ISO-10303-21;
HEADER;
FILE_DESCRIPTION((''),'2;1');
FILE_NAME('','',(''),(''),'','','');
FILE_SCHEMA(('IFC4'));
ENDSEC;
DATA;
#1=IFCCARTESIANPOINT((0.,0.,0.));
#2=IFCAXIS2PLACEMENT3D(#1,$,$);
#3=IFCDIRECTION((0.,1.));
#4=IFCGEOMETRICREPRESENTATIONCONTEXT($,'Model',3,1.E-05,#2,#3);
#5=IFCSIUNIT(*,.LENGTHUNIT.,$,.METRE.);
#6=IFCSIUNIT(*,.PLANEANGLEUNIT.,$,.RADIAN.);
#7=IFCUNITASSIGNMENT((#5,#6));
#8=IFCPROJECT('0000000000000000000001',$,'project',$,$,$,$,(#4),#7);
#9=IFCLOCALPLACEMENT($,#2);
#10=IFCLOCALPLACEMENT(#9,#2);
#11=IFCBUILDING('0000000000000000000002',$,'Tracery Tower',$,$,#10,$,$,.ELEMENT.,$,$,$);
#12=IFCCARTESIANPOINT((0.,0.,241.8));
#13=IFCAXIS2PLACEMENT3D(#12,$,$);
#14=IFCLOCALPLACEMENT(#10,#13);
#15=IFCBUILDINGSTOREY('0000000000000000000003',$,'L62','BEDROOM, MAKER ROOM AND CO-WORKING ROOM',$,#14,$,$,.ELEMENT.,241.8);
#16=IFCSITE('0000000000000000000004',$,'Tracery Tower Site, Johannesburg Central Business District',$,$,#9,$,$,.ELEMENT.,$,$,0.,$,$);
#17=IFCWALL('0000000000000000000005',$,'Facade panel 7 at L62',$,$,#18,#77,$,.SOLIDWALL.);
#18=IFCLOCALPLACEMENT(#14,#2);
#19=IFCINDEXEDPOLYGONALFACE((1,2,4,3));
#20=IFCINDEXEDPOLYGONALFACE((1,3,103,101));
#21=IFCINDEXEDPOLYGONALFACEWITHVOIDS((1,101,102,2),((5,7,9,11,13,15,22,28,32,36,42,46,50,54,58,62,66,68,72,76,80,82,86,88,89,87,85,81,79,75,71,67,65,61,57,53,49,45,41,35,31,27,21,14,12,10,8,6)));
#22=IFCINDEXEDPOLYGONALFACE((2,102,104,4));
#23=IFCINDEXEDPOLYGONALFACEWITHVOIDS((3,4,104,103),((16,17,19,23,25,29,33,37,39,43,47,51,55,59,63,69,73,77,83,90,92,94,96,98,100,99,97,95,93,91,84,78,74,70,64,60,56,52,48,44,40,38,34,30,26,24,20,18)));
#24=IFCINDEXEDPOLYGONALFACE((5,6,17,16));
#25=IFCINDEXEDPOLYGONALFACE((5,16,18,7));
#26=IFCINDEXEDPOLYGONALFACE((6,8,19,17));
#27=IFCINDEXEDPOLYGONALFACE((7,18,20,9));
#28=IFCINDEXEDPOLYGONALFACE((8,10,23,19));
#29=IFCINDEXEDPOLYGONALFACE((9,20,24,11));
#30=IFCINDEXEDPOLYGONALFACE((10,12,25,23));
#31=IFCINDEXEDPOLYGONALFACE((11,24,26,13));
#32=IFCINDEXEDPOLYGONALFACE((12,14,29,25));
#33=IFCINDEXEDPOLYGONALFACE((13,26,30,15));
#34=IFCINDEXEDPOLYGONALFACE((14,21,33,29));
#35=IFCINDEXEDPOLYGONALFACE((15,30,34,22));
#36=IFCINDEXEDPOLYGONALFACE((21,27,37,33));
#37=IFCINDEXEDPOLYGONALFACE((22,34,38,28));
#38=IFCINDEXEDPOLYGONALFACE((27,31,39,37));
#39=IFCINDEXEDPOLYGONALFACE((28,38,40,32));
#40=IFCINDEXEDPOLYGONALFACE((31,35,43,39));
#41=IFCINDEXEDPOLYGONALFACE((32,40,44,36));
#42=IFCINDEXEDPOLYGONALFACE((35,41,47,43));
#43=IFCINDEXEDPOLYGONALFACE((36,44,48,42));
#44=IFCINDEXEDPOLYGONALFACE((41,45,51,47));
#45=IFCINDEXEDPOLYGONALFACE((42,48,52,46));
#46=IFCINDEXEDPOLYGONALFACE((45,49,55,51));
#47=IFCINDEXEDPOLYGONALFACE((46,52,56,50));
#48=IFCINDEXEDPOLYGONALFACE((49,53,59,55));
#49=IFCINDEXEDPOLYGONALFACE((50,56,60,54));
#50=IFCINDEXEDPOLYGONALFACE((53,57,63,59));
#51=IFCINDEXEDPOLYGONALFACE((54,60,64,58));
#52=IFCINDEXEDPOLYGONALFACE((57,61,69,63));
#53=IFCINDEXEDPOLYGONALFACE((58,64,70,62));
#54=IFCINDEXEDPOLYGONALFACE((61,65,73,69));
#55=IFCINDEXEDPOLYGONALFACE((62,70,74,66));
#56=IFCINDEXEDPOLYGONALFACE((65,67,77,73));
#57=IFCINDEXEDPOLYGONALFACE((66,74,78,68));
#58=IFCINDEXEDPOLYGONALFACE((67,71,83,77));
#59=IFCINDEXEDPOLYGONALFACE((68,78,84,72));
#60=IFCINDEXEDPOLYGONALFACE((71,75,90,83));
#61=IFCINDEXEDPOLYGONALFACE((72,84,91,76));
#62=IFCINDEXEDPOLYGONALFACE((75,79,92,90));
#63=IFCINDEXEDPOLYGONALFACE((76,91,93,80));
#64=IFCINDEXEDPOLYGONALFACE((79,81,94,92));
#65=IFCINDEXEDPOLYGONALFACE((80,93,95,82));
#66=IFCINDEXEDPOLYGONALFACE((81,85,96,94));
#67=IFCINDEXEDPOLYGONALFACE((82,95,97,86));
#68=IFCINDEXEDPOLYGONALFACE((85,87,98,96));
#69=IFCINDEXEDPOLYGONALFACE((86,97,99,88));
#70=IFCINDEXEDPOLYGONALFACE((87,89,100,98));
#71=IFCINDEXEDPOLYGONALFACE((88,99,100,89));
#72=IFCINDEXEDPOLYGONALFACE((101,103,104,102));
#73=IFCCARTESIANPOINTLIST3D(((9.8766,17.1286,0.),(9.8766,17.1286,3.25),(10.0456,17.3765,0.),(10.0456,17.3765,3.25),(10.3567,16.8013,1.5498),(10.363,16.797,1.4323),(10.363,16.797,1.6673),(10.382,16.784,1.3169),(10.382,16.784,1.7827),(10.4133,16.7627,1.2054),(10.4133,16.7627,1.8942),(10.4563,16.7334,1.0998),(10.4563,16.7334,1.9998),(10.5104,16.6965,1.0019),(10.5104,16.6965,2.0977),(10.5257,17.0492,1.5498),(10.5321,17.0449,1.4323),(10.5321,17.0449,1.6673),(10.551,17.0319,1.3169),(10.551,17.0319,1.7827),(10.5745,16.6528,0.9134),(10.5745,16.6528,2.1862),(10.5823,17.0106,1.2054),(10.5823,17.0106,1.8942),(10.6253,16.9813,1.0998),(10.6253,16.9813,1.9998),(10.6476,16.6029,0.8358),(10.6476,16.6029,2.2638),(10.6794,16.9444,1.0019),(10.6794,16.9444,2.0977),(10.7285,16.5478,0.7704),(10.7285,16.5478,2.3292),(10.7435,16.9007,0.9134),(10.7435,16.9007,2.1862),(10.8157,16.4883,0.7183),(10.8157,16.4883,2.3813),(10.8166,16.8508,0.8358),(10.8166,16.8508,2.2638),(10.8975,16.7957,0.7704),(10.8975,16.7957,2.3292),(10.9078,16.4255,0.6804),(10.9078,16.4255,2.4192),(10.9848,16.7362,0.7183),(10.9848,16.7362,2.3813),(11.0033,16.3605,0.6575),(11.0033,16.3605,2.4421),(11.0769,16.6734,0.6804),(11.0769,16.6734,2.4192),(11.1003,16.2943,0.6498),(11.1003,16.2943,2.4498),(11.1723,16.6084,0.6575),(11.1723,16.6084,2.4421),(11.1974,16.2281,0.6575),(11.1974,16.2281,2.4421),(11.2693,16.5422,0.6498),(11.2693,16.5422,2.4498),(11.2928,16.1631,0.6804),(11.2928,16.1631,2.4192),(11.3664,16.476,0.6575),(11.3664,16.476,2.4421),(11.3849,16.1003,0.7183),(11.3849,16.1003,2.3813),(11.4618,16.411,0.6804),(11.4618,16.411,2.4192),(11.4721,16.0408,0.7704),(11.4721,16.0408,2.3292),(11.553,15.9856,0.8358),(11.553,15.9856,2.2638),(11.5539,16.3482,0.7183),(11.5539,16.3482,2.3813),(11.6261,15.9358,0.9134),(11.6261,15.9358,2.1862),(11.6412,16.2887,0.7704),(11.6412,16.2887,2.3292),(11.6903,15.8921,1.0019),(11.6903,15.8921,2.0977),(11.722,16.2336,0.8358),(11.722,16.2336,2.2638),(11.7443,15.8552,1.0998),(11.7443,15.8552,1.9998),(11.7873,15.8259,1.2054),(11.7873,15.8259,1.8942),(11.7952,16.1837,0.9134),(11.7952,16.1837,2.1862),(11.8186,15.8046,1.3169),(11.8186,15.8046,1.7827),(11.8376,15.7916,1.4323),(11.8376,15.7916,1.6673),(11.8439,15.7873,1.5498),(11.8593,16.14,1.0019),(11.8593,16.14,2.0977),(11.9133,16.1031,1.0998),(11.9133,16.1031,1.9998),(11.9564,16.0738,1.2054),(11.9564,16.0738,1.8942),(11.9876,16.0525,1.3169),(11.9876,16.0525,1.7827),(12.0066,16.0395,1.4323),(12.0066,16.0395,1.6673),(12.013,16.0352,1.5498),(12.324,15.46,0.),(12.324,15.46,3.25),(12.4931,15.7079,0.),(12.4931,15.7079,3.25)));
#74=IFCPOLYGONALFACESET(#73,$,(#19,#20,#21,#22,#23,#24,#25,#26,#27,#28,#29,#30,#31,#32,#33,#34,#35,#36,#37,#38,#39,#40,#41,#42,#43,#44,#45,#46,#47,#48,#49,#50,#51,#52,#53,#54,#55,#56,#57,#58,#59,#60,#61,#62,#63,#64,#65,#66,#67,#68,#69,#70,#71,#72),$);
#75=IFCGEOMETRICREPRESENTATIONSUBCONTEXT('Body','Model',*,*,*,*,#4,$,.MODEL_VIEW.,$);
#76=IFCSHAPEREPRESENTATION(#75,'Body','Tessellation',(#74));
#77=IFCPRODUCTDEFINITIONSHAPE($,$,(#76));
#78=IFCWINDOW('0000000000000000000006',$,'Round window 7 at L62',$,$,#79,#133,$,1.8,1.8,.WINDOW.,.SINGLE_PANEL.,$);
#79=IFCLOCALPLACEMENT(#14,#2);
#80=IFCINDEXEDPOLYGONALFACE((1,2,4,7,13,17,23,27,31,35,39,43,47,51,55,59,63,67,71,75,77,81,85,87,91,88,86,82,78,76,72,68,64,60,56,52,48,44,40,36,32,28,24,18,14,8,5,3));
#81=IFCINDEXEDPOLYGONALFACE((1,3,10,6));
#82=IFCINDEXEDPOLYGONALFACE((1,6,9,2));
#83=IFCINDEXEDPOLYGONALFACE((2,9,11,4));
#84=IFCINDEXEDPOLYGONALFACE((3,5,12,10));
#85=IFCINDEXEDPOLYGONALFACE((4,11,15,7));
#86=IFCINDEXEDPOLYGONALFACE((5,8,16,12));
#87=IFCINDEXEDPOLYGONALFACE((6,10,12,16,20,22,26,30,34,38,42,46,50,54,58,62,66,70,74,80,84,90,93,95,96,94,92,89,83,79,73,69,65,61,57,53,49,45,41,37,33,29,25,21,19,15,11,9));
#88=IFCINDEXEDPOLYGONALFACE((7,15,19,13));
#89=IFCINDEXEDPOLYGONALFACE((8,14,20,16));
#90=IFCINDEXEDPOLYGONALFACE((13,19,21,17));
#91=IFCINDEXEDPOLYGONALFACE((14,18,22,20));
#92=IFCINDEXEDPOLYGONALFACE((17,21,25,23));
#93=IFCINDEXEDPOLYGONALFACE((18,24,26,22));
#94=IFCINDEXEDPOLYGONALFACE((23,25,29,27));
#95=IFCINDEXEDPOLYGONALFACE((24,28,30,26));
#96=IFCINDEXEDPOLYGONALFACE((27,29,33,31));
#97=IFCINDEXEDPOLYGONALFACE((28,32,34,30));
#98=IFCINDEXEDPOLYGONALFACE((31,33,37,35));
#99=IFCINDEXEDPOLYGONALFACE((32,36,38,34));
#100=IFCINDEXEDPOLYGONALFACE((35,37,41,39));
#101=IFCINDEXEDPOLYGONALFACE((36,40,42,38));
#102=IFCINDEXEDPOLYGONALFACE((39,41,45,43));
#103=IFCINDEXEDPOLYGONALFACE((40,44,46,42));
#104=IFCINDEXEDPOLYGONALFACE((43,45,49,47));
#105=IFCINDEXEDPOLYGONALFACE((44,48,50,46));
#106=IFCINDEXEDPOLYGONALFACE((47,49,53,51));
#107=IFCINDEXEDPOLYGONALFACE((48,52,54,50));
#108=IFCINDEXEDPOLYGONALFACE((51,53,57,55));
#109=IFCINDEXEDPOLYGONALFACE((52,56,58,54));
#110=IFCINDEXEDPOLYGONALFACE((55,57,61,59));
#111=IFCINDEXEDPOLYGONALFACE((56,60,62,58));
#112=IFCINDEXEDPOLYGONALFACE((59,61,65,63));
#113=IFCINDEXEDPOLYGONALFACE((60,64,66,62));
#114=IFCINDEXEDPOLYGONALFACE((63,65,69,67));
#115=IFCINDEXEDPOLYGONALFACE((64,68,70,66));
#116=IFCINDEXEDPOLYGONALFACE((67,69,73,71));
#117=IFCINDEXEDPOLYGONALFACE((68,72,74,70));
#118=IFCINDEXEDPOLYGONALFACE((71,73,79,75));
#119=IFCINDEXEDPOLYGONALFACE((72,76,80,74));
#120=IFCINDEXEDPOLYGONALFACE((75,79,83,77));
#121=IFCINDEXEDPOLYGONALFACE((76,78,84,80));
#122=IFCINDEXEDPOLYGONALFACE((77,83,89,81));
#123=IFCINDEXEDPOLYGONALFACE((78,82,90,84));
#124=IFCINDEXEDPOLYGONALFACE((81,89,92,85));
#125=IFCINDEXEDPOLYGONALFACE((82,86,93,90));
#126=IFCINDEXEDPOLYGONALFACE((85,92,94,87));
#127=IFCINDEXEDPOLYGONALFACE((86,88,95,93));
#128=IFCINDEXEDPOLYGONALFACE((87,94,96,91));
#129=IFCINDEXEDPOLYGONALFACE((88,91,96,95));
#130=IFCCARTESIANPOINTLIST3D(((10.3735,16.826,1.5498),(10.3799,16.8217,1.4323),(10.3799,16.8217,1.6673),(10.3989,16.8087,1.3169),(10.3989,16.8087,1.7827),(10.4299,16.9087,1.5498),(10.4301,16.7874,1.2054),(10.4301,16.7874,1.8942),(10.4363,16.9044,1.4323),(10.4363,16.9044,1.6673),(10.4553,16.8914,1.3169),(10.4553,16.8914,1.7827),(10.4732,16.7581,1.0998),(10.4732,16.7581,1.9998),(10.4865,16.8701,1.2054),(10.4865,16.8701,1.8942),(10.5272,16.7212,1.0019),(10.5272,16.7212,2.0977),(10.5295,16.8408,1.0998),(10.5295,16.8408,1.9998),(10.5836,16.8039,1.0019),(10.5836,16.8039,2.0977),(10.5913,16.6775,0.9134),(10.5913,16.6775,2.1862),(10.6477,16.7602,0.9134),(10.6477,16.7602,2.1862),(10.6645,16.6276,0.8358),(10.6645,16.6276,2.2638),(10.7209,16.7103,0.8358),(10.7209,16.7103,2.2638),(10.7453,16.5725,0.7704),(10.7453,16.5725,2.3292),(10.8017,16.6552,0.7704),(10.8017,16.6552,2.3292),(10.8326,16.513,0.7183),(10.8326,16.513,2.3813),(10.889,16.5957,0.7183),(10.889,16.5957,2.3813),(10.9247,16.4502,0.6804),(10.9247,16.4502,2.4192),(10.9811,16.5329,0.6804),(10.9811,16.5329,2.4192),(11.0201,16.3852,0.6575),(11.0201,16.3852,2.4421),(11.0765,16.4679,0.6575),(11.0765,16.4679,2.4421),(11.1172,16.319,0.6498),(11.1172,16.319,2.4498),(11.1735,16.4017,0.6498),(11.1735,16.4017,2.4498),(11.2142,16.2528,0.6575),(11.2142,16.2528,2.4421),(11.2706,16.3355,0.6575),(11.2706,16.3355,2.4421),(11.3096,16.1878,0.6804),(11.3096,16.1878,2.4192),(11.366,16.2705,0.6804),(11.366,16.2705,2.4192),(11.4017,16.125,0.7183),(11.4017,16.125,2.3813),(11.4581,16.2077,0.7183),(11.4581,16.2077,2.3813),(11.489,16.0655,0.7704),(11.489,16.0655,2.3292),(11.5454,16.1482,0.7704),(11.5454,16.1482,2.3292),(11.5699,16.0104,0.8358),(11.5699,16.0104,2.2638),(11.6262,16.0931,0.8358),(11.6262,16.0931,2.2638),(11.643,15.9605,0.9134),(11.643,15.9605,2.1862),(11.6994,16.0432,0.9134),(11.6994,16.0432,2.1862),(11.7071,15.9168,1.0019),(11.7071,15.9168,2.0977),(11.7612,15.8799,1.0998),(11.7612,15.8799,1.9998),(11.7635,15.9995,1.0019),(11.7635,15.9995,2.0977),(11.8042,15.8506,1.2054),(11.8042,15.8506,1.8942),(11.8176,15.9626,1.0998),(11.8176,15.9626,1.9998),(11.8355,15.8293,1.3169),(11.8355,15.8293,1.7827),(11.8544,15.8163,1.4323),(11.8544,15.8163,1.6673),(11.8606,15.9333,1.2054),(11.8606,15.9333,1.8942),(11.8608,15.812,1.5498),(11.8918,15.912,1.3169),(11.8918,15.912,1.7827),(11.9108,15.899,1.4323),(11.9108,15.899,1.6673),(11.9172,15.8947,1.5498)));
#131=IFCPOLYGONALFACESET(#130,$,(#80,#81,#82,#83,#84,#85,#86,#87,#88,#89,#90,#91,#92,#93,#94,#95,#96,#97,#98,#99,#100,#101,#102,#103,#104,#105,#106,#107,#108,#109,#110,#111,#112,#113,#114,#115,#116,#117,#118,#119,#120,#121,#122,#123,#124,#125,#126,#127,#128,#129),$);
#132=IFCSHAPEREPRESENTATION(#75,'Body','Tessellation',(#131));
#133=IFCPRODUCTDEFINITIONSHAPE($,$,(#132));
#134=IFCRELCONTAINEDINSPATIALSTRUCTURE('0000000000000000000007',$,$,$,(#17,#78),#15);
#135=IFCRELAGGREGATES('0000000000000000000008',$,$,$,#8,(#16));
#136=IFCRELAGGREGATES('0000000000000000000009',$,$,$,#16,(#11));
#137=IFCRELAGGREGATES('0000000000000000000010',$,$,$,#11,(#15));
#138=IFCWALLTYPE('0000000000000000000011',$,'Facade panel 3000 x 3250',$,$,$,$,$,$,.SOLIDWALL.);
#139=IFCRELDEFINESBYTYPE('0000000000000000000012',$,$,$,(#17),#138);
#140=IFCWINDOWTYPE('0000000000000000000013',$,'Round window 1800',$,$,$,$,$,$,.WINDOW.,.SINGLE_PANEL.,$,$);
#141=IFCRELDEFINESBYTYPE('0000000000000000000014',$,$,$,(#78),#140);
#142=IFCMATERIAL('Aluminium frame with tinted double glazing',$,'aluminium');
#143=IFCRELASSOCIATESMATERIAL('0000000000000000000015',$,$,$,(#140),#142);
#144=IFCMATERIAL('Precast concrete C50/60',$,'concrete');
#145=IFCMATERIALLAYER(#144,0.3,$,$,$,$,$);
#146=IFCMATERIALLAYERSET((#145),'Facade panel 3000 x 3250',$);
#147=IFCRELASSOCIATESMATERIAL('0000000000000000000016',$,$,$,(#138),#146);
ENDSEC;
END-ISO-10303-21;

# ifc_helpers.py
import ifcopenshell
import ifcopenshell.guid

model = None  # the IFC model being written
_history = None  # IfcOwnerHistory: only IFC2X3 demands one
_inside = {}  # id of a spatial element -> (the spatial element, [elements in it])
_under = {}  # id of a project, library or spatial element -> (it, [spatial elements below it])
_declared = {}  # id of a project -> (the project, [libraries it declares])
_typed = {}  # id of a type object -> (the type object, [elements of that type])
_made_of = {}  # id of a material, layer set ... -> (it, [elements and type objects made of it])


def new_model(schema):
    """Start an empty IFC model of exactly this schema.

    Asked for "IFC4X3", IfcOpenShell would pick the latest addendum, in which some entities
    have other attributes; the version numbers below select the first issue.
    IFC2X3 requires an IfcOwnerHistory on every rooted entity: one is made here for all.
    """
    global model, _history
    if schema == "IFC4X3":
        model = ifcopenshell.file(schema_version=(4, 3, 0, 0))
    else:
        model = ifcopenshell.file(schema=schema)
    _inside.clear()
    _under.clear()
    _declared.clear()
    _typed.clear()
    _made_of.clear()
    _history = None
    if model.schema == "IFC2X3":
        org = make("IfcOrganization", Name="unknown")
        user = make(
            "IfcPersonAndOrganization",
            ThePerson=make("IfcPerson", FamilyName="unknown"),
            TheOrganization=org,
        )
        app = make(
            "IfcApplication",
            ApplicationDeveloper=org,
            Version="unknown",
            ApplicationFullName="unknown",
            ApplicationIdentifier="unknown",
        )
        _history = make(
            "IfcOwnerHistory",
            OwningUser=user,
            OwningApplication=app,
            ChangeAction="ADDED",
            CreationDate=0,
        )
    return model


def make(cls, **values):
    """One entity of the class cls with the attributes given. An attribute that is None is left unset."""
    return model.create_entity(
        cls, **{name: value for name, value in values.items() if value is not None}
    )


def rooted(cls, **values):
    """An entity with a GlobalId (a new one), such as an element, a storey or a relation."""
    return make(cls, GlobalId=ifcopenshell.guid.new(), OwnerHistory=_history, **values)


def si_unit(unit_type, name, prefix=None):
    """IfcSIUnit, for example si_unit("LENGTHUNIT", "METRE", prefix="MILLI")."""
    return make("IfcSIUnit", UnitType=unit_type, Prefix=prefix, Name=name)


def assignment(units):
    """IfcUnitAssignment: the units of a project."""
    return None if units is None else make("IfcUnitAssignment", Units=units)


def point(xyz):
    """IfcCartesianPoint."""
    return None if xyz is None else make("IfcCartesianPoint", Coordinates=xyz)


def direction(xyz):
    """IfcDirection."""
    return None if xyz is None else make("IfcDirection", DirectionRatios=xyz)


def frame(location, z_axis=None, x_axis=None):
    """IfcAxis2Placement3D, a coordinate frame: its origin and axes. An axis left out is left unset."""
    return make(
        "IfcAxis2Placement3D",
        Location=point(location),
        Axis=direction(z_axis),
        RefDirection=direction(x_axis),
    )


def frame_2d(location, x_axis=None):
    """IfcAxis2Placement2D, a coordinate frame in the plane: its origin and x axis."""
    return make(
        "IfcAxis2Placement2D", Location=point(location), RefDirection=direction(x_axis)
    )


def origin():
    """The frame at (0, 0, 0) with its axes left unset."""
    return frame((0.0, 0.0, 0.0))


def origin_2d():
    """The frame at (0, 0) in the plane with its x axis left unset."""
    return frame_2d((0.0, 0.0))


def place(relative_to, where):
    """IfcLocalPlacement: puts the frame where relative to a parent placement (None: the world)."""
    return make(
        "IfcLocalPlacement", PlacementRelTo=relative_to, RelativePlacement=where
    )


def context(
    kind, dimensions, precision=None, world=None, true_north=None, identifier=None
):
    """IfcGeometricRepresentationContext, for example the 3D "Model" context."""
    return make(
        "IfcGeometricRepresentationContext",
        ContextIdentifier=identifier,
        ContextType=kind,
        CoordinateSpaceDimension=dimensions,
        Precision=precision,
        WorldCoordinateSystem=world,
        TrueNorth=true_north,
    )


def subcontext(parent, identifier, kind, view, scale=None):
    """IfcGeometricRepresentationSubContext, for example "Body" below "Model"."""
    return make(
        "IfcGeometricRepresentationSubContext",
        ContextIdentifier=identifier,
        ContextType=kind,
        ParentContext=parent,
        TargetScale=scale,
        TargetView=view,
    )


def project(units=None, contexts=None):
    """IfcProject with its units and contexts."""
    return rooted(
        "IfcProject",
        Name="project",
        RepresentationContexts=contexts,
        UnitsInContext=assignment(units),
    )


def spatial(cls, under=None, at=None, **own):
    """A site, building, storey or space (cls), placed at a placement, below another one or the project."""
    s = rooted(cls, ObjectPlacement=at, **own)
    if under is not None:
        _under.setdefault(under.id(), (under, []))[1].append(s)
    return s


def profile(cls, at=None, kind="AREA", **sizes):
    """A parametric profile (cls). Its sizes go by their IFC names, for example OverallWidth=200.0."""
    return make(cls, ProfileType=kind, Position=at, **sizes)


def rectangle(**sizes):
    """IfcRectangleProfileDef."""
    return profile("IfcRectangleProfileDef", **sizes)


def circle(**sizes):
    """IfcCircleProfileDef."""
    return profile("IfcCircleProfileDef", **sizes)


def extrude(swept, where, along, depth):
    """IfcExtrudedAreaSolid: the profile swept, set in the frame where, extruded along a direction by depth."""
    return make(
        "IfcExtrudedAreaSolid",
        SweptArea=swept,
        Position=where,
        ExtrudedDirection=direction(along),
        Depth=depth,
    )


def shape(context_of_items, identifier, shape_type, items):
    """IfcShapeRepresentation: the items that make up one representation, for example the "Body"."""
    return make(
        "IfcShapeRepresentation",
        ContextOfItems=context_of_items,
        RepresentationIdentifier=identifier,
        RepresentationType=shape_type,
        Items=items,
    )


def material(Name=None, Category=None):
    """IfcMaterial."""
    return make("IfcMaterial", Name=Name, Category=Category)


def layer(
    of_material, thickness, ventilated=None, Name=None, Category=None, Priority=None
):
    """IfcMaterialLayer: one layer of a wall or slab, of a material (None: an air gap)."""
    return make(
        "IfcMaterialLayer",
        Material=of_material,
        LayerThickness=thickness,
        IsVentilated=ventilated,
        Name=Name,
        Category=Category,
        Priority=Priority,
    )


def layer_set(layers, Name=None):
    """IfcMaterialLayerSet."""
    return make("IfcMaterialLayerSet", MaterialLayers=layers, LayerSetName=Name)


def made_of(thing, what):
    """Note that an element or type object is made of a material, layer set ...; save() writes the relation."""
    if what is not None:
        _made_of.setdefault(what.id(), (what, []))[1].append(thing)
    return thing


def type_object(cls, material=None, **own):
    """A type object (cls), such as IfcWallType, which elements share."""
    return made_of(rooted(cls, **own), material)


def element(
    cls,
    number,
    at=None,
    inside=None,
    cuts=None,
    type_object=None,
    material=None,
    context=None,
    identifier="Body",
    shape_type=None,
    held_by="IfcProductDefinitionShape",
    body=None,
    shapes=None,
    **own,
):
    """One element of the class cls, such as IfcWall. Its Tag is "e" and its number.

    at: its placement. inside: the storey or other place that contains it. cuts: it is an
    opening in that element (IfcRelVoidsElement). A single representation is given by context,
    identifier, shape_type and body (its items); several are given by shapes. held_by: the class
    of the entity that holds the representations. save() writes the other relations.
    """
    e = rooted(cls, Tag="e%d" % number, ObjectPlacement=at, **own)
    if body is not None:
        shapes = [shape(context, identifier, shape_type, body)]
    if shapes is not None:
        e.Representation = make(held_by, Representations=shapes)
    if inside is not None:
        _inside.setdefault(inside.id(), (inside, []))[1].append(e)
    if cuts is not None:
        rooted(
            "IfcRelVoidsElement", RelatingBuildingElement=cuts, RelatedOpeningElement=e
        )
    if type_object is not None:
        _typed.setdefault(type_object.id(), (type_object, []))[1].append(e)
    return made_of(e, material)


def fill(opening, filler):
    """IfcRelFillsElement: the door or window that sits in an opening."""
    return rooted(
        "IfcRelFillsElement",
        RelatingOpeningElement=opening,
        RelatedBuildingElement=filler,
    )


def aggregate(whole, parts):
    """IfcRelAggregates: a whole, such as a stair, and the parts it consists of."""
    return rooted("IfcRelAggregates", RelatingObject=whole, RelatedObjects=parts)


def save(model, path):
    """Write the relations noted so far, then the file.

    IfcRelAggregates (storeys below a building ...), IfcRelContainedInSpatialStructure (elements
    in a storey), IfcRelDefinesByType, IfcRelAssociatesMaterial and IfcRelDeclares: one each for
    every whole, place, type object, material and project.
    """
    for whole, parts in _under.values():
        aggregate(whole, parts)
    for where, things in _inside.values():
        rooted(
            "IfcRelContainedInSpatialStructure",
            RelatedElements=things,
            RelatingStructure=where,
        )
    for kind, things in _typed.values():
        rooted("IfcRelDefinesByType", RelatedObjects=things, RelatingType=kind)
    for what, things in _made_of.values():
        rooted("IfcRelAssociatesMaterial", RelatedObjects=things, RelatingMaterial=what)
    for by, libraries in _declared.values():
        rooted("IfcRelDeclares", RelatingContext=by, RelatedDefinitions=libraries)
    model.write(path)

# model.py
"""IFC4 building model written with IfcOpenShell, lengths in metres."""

from ifc_helpers import new_model, si_unit, direction, frame, frame_2d, origin, origin_2d, place, context, subcontext, project, spatial, rectangle, circle, extrude, material, layer, layer_set, type_object, element, fill, save


model = new_model("IFC4")

# Units and contexts
model_context = context("Model", 3, precision=1e-05, world=origin(), true_north=direction((0.0, 1.0)))
body_context = subcontext(model_context, "Body", "Model", "MODEL_VIEW")
ifc_project = project(units=[si_unit("LENGTHUNIT", "METRE"), si_unit("PLANEANGLEUNIT", "RADIAN")], contexts=[model_context])

# Site, building, storey
site_placement = place(None, origin())
site = spatial("IfcSite", under=ifc_project, at=site_placement, Name="Tracery Tower Site, Johannesburg Central Business District", CompositionType="ELEMENT", RefElevation=0.0)
building_placement = place(site_placement, origin())
building = spatial("IfcBuilding", under=site, at=building_placement, Name="Tracery Tower", CompositionType="ELEMENT")
storey_placement = place(building_placement, frame((0.0, 0.0, 241.8)))
storey = spatial("IfcBuildingStorey", under=building, at=storey_placement, Name="L62", Description="BEDROOM, MAKER ROOM AND CO-WORKING ROOM", CompositionType="ELEMENT", Elevation=241.8)

# Wall, opening, window
ifc_material_1 = material(Name="Aluminium frame with tinted double glazing", Category="aluminium")
window_type = type_object("IfcWindowType", Name="Round window 1800", PartitioningType="SINGLE_PANEL", PredefinedType="WINDOW", material=ifc_material_1)
ifc_material_2 = material(Name="Precast concrete C50/60", Category="concrete")
ifc_layer_1 = layer(ifc_material_2, 0.3)
ifc_layer_set_1 = layer_set([ifc_layer_1], Name="Facade panel 3000 x 3250")
wall_type_1 = type_object("IfcWallType", Name="Facade panel 3000 x 3250", PredefinedType="SOLIDWALL", material=ifc_layer_set_1)
wall_1_placement = place(storey_placement, frame((12.4084, 15.584, 0.0), z_axis=(0.0, 0.0, 1.0), x_axis=(-0.826236, 0.563324, 0.0)))
wall_1 = element("IfcWall", 1, at=wall_1_placement, inside=storey, type_object=wall_type_1, Name="Facade panel 7 at L62", PredefinedType="SOLIDWALL", context=body_context, shape_type="SweptSolid", body=[
    extrude(rectangle(XDim=2.9622, YDim=0.3, at=frame_2d((1.481, 0.0))), origin(), (0.0, 0.0, 1.0), 3.25),
])
opening_1_placement = place(wall_1_placement, frame((1.481, 0.0, 1.5498)))
opening_1 = element("IfcOpeningElement", 2, at=opening_1_placement, cuts=wall_1, PredefinedType="OPENING", context=body_context, shape_type="SweptSolid", body=[
    extrude(circle(Radius=0.9, at=origin_2d()), frame((0.0, 0.1599, 0.0), z_axis=(0.0, -1.0, 0.0), x_axis=(1.0, 0.0, 0.0)), (0.0, 0.0, 1.0), 0.3201),
])
window_1_placement = place(opening_1_placement, origin())
window_1 = element("IfcWindow", 3, at=window_1_placement, inside=storey, type_object=window_type, Name="Round window 7 at L62", OverallHeight=1.8, OverallWidth=1.8, PartitioningType="SINGLE_PANEL", PredefinedType="WINDOW", context=body_context, shape_type="SweptSolid", body=[
    extrude(circle(Radius=0.9, at=origin_2d()), frame((0.0, 0.1201, 0.0), z_axis=(0.0, -1.0, 0.0), x_axis=(1.0, 0.0, 0.0)), (0.0, 0.0, 1.0), 0.1001),
])
fill(opening_1, window_1)

save(model, "model.ifc")
